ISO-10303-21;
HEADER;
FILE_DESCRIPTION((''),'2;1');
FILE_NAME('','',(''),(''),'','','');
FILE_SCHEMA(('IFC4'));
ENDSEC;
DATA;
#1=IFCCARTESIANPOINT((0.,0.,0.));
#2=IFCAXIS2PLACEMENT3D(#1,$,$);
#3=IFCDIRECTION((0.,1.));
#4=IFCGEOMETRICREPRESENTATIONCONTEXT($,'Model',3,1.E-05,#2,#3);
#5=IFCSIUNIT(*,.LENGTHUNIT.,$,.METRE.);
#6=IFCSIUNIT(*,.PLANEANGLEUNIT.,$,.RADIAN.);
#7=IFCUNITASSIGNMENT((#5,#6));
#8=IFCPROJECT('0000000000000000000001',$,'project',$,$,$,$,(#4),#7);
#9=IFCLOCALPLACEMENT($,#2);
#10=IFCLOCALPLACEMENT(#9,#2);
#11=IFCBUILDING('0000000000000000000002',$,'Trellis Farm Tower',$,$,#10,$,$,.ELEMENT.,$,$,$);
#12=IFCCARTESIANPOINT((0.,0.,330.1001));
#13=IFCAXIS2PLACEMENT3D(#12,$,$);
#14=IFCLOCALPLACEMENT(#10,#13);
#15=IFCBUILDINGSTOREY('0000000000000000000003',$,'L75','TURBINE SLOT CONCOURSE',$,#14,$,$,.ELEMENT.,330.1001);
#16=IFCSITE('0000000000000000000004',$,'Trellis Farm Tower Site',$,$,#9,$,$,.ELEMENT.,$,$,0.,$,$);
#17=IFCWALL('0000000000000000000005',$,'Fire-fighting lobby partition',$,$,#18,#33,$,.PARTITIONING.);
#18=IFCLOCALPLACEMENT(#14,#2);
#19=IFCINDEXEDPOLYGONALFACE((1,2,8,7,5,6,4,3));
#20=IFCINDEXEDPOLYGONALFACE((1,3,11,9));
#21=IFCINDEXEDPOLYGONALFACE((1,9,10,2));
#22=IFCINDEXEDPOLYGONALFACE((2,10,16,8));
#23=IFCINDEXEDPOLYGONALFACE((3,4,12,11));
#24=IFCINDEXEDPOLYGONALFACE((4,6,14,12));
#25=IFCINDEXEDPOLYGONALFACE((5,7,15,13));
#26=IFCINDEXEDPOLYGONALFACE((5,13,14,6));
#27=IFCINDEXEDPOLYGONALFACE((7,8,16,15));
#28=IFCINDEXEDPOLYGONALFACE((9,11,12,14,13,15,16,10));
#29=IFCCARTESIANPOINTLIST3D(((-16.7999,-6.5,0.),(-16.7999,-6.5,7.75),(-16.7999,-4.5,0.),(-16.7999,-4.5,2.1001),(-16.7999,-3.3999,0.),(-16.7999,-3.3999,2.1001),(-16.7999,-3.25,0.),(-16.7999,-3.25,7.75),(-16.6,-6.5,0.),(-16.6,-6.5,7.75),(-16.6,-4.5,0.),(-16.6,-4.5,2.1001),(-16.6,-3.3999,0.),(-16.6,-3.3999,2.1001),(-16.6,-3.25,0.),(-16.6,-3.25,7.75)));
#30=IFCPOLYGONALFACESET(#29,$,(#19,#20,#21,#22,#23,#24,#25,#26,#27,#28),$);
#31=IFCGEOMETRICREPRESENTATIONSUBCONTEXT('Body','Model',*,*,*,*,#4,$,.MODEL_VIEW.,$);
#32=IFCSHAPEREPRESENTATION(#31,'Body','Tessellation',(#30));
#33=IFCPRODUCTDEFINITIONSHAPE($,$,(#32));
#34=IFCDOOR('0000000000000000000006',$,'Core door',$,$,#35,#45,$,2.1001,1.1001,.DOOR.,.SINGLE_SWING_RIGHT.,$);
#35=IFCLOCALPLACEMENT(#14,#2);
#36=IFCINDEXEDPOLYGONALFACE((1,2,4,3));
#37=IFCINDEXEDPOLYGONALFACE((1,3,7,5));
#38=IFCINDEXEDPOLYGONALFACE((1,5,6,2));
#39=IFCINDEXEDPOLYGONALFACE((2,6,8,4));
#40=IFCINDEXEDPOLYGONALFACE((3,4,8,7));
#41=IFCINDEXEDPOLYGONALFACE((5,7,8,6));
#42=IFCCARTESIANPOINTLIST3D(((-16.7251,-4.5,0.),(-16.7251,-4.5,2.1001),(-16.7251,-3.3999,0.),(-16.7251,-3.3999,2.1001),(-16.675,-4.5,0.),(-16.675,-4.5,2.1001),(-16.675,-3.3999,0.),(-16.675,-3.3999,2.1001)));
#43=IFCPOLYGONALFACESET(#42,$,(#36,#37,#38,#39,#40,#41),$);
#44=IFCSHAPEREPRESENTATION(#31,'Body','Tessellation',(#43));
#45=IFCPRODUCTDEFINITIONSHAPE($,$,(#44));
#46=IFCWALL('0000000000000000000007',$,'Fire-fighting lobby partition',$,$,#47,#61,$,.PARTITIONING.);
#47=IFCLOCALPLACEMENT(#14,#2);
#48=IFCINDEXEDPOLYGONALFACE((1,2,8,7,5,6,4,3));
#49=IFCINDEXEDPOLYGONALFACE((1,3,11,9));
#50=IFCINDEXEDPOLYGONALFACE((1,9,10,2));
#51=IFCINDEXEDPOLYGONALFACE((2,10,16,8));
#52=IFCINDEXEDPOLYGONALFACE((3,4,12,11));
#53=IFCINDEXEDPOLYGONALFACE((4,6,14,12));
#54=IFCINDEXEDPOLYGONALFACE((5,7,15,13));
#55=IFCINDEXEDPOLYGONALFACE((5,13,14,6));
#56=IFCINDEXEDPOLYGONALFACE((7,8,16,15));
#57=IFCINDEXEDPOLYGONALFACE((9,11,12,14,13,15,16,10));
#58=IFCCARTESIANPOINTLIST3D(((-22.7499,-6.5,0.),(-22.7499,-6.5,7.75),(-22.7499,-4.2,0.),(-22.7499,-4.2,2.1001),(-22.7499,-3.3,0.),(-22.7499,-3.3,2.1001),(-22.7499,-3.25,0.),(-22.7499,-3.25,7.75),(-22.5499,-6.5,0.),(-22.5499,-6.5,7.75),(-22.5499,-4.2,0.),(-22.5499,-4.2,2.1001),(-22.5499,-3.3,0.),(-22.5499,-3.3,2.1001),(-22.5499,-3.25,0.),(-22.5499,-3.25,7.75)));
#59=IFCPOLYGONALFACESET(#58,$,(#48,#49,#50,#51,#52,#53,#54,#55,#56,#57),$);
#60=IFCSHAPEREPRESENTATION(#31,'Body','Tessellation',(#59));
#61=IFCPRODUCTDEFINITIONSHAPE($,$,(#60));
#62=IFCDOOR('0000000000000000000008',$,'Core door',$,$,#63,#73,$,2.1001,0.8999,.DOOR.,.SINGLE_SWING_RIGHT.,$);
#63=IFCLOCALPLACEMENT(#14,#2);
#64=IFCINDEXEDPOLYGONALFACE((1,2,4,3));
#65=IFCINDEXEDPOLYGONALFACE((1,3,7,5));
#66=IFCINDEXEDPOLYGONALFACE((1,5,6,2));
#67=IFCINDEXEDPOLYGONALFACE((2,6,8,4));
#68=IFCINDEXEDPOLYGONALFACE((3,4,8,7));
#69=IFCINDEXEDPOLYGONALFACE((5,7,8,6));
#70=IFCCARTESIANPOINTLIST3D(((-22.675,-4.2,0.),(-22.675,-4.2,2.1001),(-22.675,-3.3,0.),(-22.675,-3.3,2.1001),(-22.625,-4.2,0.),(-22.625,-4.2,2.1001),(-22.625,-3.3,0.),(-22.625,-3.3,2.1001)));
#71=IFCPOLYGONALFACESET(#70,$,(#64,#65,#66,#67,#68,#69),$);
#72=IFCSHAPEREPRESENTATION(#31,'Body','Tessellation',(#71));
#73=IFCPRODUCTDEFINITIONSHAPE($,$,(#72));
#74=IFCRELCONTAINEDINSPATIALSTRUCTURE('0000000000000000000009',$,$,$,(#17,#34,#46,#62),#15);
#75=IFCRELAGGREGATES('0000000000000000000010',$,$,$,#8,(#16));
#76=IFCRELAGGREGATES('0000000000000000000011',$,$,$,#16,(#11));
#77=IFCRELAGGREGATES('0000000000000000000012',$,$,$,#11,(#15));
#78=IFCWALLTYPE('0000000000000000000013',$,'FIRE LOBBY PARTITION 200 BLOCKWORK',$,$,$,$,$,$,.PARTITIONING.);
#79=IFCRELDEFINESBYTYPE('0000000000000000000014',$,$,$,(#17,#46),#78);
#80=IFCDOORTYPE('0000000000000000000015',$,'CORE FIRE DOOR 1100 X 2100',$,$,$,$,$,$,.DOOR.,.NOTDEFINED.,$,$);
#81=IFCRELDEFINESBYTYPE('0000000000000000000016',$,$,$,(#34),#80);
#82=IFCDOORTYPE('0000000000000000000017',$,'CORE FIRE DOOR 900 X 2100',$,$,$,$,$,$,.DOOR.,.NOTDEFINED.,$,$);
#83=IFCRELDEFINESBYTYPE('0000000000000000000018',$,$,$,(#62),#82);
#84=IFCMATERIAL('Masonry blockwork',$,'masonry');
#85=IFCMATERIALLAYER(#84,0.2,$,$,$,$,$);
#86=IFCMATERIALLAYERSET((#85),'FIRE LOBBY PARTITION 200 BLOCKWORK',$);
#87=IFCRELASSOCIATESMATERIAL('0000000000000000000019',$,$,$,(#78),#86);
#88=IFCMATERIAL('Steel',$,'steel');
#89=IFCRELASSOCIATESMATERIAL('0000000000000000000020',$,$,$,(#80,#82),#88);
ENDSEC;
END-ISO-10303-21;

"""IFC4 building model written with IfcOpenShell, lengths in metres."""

from ifc_helpers import new_model, si_unit, direction, frame, frame_2d, origin, place, context, subcontext, project, spatial, rectangle, extrude, source, transform, mapped, material, layer, layer_set, type_object, element, fill, save


model = new_model("IFC4")

# Units and contexts
model_context = context("Model", 3, precision=1e-05, world=origin(), true_north=direction((0.0, 1.0)))
body_context = subcontext(model_context, "Body", "Model", "MODEL_VIEW")
ifc_project = project(units=[si_unit("LENGTHUNIT", "METRE"), si_unit("PLANEANGLEUNIT", "RADIAN")], contexts=[model_context])

# Site, building, storey
site_placement = place(None, origin())
site = spatial("IfcSite", under=ifc_project, at=site_placement, Name="Trellis Farm Tower Site", CompositionType="ELEMENT", RefElevation=0.0)
building_placement = place(site_placement, origin())
building = spatial("IfcBuilding", under=site, at=building_placement, Name="Trellis Farm Tower", CompositionType="ELEMENT")
storey_placement = place(building_placement, frame((0.0, 0.0, 330.1001)))
storey = spatial("IfcBuildingStorey", under=building, at=storey_placement, Name="L75", Description="TURBINE SLOT CONCOURSE", CompositionType="ELEMENT", Elevation=330.1001)

# Walls, openings, doors
ifc_material_1 = material(Name="Masonry blockwork", Category="masonry")
ifc_layer_1 = layer(ifc_material_1, 0.2)
ifc_layer_set_1 = layer_set([ifc_layer_1], Name="FIRE LOBBY PARTITION 200 BLOCKWORK")
wall_type_1 = type_object("IfcWallType", Name="FIRE LOBBY PARTITION 200 BLOCKWORK", PredefinedType="PARTITIONING", material=ifc_layer_set_1)
shared_shape_1 = source(origin(), body_context, "Body", "SweptSolid", [
    extrude(rectangle(XDim=3.25, YDim=0.2, at=frame_2d((1.625, 0.0))), origin(), (0.0, 0.0, 1.0), 7.75),
])
wall_1_placement = place(storey_placement, frame((-16.7, -3.25, 0.0), z_axis=(0.0, 0.0, 1.0), x_axis=(0.0, -1.0, 0.0)))
wall_1 = element("IfcWall", 1, at=wall_1_placement, inside=storey, type_object=wall_type_1, Name="Fire-fighting lobby partition", PredefinedType="PARTITIONING", context=body_context, shape_type="MappedRepresentation", body=[
    mapped(shared_shape_1, transform((0.0, 0.0, 0.0))),
])
shared_shape_2 = source(origin(), body_context, "Body", "SweptSolid", [
    extrude(rectangle(XDim=1.1001, YDim=2.1001, at=frame_2d((0.55, 1.05))), frame((0.0, 0.1101, 0.0), z_axis=(0.0, -1.0, 0.0), x_axis=(1.0, 0.0, 0.0)), (0.0, 0.0, 1.0), 0.2202),
])
opening_1_placement = place(wall_1_placement, frame((0.1499, 0.0, 0.0)))
opening_1 = element("IfcOpeningElement", 2, at=opening_1_placement, cuts=wall_1, PredefinedType="OPENING", context=body_context, shape_type="MappedRepresentation", body=[
    mapped(shared_shape_2, transform((0.0, 0.0, 0.0))),
])
ifc_material_2 = material(Name="Steel", Category="steel")
door_type_1 = type_object("IfcDoorType", Name="CORE FIRE DOOR 1100 X 2100", OperationType="NOTDEFINED", PredefinedType="DOOR", material=ifc_material_2)
shared_shape_3 = source(origin(), body_context, "Body", "SweptSolid", [
    extrude(rectangle(XDim=1.1001, YDim=2.1001, at=frame_2d((0.55, 1.05))), frame((0.0, 0.0249, 0.0), z_axis=(0.0, -1.0, 0.0), x_axis=(1.0, 0.0, 0.0)), (0.0, 0.0, 1.0), 0.05),
])
door_1_placement = place(opening_1_placement, origin())
door_1 = element("IfcDoor", 3, at=door_1_placement, inside=storey, type_object=door_type_1, Name="Core door", OperationType="SINGLE_SWING_RIGHT", OverallHeight=2.1001, OverallWidth=1.1001, PredefinedType="DOOR", context=body_context, shape_type="MappedRepresentation", body=[
    mapped(shared_shape_3, transform((0.0, 0.0, 0.0))),
])
fill(opening_1, door_1)
wall_2_placement = place(storey_placement, frame((-22.6499, -3.25, 0.0), z_axis=(0.0, 0.0, 1.0), x_axis=(0.0, -1.0, 0.0)))
wall_2 = element("IfcWall", 4, at=wall_2_placement, inside=storey, type_object=wall_type_1, Name="Fire-fighting lobby partition", PredefinedType="PARTITIONING", context=body_context, shape_type="MappedRepresentation", body=[
    mapped(shared_shape_1, transform((0.0, 0.0, 0.0))),
])
shared_shape_4 = source(origin(), body_context, "Body", "SweptSolid", [
    extrude(rectangle(XDim=0.8999, YDim=2.1001, at=frame_2d((0.45, 1.05))), frame((0.0, 0.1101, 0.0), z_axis=(0.0, -1.0, 0.0), x_axis=(1.0, 0.0, 0.0)), (0.0, 0.0, 1.0), 0.2202),
])
opening_2_placement = place(wall_2_placement, frame((0.05, 0.0, 0.0)))
opening_2 = element("IfcOpeningElement", 5, at=opening_2_placement, cuts=wall_2, PredefinedType="OPENING", context=body_context, shape_type="MappedRepresentation", body=[
    mapped(shared_shape_4, transform((0.0, 0.0, 0.0))),
])
door_type_2 = type_object("IfcDoorType", Name="CORE FIRE DOOR 900 X 2100", OperationType="NOTDEFINED", PredefinedType="DOOR", material=ifc_material_2)
shared_shape_5 = source(origin(), body_context, "Body", "SweptSolid", [
    extrude(rectangle(XDim=0.8999, YDim=2.1001, at=frame_2d((0.45, 1.05))), frame((0.0, 0.0249, 0.0), z_axis=(0.0, -1.0, 0.0), x_axis=(1.0, 0.0, 0.0)), (0.0, 0.0, 1.0), 0.05),
])
door_2_placement = place(opening_2_placement, origin())
door_2 = element("IfcDoor", 6, at=door_2_placement, inside=storey, type_object=door_type_2, Name="Core door", OperationType="SINGLE_SWING_RIGHT", OverallHeight=2.1001, OverallWidth=0.8999, PredefinedType="DOOR", context=body_context, shape_type="MappedRepresentation", body=[
    mapped(shared_shape_5, transform((0.0, 0.0, 0.0))),
])
fill(opening_2, door_2)

save(model, "model.ifc")
